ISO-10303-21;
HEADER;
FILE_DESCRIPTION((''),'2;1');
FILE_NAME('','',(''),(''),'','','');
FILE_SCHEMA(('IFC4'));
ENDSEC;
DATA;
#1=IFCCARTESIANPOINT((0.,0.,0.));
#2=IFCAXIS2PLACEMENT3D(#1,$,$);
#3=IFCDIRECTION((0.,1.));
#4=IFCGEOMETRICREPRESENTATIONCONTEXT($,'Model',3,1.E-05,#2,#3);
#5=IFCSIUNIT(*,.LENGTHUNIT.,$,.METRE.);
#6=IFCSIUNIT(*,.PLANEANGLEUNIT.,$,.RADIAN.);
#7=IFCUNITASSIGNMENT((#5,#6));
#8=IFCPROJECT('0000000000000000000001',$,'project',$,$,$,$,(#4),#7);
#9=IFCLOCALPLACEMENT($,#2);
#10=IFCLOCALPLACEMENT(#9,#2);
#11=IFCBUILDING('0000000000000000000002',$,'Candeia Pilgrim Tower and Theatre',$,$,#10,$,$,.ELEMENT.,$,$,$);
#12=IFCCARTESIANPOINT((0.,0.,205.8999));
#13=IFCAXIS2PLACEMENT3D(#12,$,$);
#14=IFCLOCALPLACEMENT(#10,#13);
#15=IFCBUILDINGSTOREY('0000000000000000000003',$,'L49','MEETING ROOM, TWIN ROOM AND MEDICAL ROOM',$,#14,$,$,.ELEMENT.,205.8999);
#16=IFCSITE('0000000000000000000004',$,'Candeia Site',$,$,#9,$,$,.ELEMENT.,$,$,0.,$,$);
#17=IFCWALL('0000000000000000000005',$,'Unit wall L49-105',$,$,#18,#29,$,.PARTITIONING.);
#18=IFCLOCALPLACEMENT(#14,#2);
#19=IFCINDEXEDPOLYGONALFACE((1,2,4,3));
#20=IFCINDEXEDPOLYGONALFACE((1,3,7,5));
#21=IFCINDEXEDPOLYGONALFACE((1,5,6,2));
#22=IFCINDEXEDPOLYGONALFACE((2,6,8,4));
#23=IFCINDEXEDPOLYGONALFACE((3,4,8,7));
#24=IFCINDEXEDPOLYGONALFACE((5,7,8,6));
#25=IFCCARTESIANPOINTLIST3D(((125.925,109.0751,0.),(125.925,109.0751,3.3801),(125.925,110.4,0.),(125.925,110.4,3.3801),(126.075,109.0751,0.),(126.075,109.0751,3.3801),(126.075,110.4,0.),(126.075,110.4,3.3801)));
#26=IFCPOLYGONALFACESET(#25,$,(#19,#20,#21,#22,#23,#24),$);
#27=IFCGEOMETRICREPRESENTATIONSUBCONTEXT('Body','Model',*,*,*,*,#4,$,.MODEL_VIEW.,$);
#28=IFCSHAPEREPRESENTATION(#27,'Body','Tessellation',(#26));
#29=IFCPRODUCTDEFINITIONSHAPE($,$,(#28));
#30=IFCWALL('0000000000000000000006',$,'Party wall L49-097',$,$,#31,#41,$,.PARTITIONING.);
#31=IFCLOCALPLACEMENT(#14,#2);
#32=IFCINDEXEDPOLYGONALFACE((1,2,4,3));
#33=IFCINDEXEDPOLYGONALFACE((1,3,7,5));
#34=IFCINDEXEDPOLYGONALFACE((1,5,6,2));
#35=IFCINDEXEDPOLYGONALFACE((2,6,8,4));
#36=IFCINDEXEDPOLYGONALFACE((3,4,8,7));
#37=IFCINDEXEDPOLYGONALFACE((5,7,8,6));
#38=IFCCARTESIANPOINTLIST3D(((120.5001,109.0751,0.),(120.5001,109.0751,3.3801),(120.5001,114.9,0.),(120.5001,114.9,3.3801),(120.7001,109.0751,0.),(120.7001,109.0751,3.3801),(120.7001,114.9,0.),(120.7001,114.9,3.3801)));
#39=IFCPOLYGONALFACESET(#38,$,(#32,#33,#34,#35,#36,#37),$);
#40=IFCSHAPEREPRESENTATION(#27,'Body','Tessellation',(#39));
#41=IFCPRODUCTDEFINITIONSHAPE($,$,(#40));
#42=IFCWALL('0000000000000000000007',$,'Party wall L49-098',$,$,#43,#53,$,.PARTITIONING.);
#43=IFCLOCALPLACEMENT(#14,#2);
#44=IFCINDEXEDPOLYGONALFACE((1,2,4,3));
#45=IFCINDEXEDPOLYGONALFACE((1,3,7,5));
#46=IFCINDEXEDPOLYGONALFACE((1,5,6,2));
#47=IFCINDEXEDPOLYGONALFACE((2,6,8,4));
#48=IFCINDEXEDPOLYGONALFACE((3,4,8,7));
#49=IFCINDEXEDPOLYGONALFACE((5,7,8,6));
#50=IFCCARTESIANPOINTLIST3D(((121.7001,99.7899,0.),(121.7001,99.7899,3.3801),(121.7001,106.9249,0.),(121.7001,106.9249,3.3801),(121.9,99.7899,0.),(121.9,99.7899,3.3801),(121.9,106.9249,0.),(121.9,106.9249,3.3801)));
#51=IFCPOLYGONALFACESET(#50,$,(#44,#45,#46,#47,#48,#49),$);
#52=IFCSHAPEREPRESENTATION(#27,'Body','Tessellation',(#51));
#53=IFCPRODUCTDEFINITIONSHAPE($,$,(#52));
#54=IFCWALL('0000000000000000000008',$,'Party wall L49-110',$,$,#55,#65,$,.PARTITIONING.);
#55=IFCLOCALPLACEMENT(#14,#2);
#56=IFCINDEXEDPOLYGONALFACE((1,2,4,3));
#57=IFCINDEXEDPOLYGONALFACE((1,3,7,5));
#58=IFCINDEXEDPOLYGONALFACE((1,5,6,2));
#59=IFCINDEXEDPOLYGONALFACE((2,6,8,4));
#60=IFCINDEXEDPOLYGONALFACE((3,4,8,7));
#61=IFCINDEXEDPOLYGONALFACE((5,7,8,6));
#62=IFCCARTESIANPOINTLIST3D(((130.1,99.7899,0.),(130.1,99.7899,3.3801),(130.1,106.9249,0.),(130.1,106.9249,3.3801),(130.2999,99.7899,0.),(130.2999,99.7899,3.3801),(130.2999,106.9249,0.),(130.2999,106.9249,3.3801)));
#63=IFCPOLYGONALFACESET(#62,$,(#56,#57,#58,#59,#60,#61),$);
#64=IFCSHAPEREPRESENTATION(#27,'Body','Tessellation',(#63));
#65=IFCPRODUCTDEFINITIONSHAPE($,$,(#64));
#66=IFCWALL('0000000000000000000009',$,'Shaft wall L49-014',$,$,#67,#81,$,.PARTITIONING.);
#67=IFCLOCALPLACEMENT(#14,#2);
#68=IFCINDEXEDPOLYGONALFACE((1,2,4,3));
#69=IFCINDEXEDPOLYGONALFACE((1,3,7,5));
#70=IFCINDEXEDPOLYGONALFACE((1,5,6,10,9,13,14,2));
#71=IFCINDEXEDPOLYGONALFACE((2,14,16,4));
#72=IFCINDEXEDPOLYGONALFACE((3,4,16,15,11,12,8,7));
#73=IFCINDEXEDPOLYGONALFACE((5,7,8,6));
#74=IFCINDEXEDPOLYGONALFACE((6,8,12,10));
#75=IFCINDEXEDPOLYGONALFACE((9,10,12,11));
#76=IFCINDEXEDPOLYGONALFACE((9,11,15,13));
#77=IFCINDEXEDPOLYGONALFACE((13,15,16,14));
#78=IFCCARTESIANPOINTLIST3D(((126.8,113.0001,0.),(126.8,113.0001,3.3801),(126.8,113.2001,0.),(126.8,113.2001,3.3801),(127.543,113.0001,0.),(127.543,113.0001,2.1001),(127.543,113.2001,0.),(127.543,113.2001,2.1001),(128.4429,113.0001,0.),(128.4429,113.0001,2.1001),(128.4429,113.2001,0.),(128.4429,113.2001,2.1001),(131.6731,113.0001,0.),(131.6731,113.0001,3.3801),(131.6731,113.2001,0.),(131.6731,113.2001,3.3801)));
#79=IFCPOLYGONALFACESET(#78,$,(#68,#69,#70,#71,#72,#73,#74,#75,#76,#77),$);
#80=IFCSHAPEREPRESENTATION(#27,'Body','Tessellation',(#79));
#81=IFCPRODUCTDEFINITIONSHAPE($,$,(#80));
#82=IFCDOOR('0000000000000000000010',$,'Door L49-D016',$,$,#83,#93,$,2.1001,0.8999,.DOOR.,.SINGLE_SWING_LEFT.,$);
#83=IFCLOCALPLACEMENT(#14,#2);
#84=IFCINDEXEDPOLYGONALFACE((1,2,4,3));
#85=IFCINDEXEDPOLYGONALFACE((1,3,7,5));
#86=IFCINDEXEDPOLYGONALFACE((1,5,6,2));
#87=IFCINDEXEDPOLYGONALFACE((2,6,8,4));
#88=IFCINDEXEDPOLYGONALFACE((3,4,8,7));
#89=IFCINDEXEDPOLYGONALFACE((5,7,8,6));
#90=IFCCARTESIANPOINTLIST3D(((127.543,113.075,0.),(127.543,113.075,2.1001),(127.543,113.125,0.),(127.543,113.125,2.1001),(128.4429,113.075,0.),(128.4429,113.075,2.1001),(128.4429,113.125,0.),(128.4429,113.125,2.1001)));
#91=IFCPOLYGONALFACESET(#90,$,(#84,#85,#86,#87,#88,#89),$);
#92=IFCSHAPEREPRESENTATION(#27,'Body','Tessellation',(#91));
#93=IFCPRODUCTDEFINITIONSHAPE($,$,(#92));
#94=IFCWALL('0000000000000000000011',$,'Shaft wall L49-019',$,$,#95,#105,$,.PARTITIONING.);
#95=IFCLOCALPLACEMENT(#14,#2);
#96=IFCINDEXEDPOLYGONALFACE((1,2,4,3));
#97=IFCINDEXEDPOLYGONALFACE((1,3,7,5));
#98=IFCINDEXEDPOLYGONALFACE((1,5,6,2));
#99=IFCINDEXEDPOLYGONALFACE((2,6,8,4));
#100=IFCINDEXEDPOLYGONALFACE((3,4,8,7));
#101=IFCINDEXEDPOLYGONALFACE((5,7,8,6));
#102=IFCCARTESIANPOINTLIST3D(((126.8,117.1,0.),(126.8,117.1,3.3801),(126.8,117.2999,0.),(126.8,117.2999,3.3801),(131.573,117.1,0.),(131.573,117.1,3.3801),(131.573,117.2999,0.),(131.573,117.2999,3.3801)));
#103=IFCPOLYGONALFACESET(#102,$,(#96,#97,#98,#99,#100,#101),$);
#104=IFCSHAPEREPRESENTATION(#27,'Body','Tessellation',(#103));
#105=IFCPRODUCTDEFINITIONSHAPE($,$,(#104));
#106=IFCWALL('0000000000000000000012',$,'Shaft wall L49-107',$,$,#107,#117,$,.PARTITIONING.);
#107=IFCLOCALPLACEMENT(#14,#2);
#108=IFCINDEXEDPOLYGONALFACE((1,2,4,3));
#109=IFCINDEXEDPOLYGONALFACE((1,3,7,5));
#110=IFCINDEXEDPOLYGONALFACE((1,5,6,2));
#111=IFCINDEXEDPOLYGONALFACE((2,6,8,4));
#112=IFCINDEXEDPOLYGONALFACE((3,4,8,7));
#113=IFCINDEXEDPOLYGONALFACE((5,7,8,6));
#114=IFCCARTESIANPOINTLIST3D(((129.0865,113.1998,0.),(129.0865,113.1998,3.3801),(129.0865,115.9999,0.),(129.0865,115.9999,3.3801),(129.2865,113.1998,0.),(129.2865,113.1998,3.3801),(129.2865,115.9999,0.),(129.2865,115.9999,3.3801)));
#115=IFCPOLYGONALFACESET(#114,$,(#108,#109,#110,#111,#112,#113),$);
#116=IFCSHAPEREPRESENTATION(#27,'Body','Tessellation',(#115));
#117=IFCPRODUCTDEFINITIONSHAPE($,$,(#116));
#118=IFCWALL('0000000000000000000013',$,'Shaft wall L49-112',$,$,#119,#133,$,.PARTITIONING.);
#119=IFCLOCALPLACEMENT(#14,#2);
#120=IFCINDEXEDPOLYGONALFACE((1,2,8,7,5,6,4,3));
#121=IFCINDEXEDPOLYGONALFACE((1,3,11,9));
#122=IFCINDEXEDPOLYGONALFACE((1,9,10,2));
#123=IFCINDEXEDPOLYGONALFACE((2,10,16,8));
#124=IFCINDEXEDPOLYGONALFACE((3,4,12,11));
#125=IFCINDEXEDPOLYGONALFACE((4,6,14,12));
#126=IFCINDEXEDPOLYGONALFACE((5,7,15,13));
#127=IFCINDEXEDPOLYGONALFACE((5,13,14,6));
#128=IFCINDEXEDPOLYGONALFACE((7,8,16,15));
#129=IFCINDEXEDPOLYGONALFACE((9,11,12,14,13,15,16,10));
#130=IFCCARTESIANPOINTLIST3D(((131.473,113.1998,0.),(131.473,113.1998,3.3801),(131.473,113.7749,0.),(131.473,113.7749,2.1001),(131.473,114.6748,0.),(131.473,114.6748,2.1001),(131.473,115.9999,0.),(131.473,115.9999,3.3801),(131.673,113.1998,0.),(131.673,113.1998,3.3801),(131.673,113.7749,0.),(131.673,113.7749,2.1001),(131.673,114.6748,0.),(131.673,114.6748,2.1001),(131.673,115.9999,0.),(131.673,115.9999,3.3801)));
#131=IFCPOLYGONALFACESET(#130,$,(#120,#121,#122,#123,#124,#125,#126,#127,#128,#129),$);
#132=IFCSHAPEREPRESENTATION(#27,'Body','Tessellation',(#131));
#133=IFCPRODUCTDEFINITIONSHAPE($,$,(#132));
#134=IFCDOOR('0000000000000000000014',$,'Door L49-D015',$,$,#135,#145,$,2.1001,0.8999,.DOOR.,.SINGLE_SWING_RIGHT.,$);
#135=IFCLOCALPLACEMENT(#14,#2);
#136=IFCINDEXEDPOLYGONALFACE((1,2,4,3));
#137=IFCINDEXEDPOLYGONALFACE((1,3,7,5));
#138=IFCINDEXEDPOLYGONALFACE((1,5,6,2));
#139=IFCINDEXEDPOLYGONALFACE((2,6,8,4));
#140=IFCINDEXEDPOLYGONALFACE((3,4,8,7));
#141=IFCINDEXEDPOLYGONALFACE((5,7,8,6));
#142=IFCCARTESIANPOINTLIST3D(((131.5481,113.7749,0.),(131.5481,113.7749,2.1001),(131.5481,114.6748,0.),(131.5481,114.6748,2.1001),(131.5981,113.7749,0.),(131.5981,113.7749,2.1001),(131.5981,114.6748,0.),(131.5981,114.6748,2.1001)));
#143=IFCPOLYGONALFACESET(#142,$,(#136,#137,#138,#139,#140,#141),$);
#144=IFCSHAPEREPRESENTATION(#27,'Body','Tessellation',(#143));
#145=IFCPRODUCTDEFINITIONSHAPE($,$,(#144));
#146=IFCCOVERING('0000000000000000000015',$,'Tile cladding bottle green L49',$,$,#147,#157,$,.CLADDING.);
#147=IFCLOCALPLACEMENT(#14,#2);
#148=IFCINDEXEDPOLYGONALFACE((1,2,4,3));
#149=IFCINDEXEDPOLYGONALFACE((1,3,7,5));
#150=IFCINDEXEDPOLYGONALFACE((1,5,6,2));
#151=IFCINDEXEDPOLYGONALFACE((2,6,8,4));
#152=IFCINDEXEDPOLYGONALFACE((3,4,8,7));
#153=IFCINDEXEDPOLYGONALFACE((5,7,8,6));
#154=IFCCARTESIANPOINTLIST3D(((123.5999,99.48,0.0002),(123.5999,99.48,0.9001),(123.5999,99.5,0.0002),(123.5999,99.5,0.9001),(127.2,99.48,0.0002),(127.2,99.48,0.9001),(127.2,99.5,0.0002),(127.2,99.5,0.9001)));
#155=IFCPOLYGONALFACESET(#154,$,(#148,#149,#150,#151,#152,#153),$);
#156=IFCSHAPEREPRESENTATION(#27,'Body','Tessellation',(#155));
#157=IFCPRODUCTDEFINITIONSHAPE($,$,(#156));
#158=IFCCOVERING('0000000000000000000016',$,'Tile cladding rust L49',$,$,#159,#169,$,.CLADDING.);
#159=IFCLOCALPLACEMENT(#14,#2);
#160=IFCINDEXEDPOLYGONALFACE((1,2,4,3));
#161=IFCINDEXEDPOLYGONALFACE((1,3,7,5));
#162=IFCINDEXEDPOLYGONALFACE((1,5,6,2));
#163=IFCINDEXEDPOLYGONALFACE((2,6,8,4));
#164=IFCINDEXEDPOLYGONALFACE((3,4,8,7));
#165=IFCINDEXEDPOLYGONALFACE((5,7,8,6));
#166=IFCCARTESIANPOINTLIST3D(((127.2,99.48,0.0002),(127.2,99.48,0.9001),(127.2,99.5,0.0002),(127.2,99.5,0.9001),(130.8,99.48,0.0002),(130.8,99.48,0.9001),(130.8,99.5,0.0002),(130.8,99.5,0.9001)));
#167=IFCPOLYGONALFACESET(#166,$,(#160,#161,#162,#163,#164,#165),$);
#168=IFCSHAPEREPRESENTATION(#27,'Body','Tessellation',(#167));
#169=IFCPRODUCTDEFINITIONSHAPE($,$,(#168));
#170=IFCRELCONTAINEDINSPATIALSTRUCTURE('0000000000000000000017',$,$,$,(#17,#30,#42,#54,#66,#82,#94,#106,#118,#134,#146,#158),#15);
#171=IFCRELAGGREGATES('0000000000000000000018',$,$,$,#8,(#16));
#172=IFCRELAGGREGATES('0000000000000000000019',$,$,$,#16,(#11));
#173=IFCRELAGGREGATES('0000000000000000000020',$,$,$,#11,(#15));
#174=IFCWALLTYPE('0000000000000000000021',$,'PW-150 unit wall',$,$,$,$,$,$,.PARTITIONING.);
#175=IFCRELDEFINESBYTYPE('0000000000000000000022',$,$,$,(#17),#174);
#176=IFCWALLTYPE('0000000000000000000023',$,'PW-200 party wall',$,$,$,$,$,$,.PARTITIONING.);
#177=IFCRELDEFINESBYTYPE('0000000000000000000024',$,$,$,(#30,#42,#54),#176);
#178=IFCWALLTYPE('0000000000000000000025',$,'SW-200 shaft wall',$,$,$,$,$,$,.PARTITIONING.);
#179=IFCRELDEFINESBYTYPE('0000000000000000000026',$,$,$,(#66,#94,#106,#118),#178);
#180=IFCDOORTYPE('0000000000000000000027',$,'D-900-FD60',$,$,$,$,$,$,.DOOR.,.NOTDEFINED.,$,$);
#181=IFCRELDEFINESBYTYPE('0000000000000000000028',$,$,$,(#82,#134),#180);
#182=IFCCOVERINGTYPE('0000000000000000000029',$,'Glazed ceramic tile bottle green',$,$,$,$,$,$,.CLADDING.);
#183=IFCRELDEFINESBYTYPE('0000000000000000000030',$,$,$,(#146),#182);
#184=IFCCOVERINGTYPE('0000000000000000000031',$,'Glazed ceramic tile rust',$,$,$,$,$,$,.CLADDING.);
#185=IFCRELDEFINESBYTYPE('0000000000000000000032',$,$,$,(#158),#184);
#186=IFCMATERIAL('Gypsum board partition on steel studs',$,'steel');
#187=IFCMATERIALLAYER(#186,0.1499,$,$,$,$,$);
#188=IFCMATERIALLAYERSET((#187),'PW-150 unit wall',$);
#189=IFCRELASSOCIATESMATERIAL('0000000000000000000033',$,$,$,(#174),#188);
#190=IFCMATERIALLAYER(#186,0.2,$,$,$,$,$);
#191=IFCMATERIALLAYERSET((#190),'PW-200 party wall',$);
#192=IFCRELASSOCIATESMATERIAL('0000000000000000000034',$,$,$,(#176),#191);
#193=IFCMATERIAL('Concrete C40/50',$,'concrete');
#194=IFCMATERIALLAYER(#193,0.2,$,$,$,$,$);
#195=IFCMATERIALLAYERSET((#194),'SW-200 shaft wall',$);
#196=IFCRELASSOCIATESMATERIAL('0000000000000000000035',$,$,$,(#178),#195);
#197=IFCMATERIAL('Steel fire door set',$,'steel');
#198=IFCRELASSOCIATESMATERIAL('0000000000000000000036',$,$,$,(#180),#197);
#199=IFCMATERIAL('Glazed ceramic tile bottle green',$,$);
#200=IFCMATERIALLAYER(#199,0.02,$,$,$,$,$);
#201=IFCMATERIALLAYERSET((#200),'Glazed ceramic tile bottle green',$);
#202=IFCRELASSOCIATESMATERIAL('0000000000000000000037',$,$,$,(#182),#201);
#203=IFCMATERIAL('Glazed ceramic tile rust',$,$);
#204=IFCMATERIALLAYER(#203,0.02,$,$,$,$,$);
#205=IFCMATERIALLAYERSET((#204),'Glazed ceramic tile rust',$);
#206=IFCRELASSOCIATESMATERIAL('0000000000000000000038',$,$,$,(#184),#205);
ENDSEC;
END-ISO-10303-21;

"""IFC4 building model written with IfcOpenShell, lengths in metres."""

from ifc_helpers import new_model, si_unit, direction, frame, frame_2d, origin, origin_2d, place, context, subcontext, project, spatial, rectangle, extrude, material, layer, layer_set, type_object, element, fill, save


model = new_model("IFC4")

# Units and contexts
model_context = context("Model", 3, precision=1e-05, world=origin(), true_north=direction((0.0, 1.0)))
body_context = subcontext(model_context, "Body", "Model", "MODEL_VIEW")
ifc_project = project(units=[si_unit("LENGTHUNIT", "METRE"), si_unit("PLANEANGLEUNIT", "RADIAN")], contexts=[model_context])

# Site, building, storey
site_placement = place(None, origin())
site = spatial("IfcSite", under=ifc_project, at=site_placement, Name="Candeia Site", CompositionType="ELEMENT", RefElevation=0.0)
building_placement = place(site_placement, origin())
building = spatial("IfcBuilding", under=site, at=building_placement, Name="Candeia Pilgrim Tower and Theatre", CompositionType="ELEMENT")
storey_placement = place(building_placement, frame((0.0, 0.0, 205.8999)))
storey = spatial("IfcBuildingStorey", under=building, at=storey_placement, Name="L49", Description="MEETING ROOM, TWIN ROOM AND MEDICAL ROOM", CompositionType="ELEMENT", Elevation=205.8999)

# Shared definitions
ifc_material_1 = material(Name="Steel fire door set", Category="steel")

# Shared definitions
ifc_material_2 = material(Name="Gypsum board partition on steel studs", Category="steel")

# Walls
ifc_layer_1 = layer(ifc_material_2, 0.1499)
ifc_layer_set_1 = layer_set([ifc_layer_1], Name="PW-150 unit wall")
wall_type_1 = type_object("IfcWallType", Name="PW-150 unit wall", PredefinedType="PARTITIONING", material=ifc_layer_set_1)
wall_1_placement = place(storey_placement, frame((126.0, 109.075, 0.0), z_axis=(0.0, 0.0, 1.0), x_axis=(0.0, 1.0, 0.0)))
element("IfcWall", 1, at=wall_1_placement, inside=storey, type_object=wall_type_1, Name="Unit wall L49-105", PredefinedType="PARTITIONING", context=body_context, shape_type="SweptSolid", body=[
    extrude(rectangle(XDim=1.325, YDim=0.1499, at=frame_2d((0.6626, 0.0))), origin(), (0.0, 0.0, 1.0), 3.3801),
])
ifc_layer_2 = layer(ifc_material_2, 0.2)
ifc_layer_set_2 = layer_set([ifc_layer_2], Name="PW-200 party wall")
wall_type_2 = type_object("IfcWallType", Name="PW-200 party wall", PredefinedType="PARTITIONING", material=ifc_layer_set_2)
wall_2_placement = place(storey_placement, frame((120.6001, 109.075, 0.0), z_axis=(0.0, 0.0, 1.0), x_axis=(0.0, 1.0, 0.0)))
element("IfcWall", 2, at=wall_2_placement, inside=storey, type_object=wall_type_2, Name="Party wall L49-097", PredefinedType="PARTITIONING", context=body_context, shape_type="SweptSolid", body=[
    extrude(rectangle(XDim=5.825, YDim=0.2, at=frame_2d((2.9126, 0.0))), origin(), (0.0, 0.0, 1.0), 3.3801),
])
for number, where, z_axis, x_axis, name in (
    (3, (121.8, 99.79, 0.0), (0.0, 0.0, 1.0), (0.0, 1.0, 0.0), "Party wall L49-098"),
    (4, (130.2, 99.79, 0.0), (0.0, 0.0, 1.0), (0.0, 1.0, 0.0), "Party wall L49-110"),
):
    element("IfcWall", number, at=place(storey_placement, frame(where, z_axis=z_axis, x_axis=x_axis)), inside=storey, type_object=wall_type_2, Name=name, PredefinedType="PARTITIONING", context=body_context, shape_type="SweptSolid", body=[
        extrude(rectangle(XDim=7.135, YDim=0.2, at=frame_2d((3.5674, 0.0))), origin(), (0.0, 0.0, 1.0), 3.3801),
    ])

# Wall, opening, door
ifc_material_3 = material(Name="Concrete C40/50", Category="concrete")
ifc_layer_3 = layer(ifc_material_3, 0.2)
ifc_layer_set_3 = layer_set([ifc_layer_3], Name="SW-200 shaft wall")
wall_type_3 = type_object("IfcWallType", Name="SW-200 shaft wall", PredefinedType="PARTITIONING", material=ifc_layer_set_3)
wall_3_placement = place(storey_placement, frame((126.8, 113.1001, 0.0), z_axis=(0.0, 0.0, 1.0), x_axis=(1.0, 0.0, 0.0)))
wall_3 = element("IfcWall", 5, at=wall_3_placement, inside=storey, type_object=wall_type_3, Name="Shaft wall L49-014", PredefinedType="PARTITIONING", context=body_context, shape_type="SweptSolid", body=[
    extrude(rectangle(XDim=4.873, YDim=0.2, at=frame_2d((2.4365, 0.0))), origin(), (0.0, 0.0, 1.0), 3.3801),
])
opening_1_placement = place(wall_3_placement, frame((0.7429, 0.0, 0.0)))
opening_1 = element("IfcOpeningElement", 6, at=opening_1_placement, cuts=wall_3, PredefinedType="OPENING", context=body_context, shape_type="SweptSolid", body=[
    extrude(rectangle(XDim=0.8999, YDim=2.1001, at=frame_2d((0.45, 1.05))), frame((0.0, 0.1099, 0.0), z_axis=(0.0, -1.0, 0.0), x_axis=(1.0, 0.0, 0.0)), (0.0, 0.0, 1.0), 0.22),
])
door_type_1 = type_object("IfcDoorType", Name="D-900-FD60", OperationType="NOTDEFINED", PredefinedType="DOOR", material=ifc_material_1)
door_1_placement = place(opening_1_placement, origin())
door_1 = element("IfcDoor", 7, at=door_1_placement, inside=storey, type_object=door_type_1, Name="Door L49-D016", OperationType="SINGLE_SWING_LEFT", OverallHeight=2.1001, OverallWidth=0.8999, PredefinedType="DOOR", context=body_context, shape_type="SweptSolid", body=[
    extrude(rectangle(XDim=0.8999, YDim=2.1001, at=frame_2d((0.45, 1.05))), frame((0.0, 0.0249, 0.0), z_axis=(0.0, -1.0, 0.0), x_axis=(1.0, 0.0, 0.0)), (0.0, 0.0, 1.0), 0.05),
])
fill(opening_1, door_1)

# Walls
wall_4_placement = place(storey_placement, frame((126.8, 117.2, 0.0), z_axis=(0.0, 0.0, 1.0), x_axis=(1.0, 0.0, 0.0)))
element("IfcWall", 8, at=wall_4_placement, inside=storey, type_object=wall_type_3, Name="Shaft wall L49-019", PredefinedType="PARTITIONING", context=body_context, shape_type="SweptSolid", body=[
    extrude(rectangle(XDim=4.7729, YDim=0.2, at=frame_2d((2.3865, 0.0))), origin(), (0.0, 0.0, 1.0), 3.3801),
])
wall_5_placement = place(storey_placement, frame((129.1865, 113.2, 0.0), z_axis=(0.0, 0.0, 1.0), x_axis=(0.0, 1.0, 0.0)))
element("IfcWall", 9, at=wall_5_placement, inside=storey, type_object=wall_type_3, Name="Shaft wall L49-107", PredefinedType="PARTITIONING", context=body_context, shape_type="SweptSolid", body=[
    extrude(rectangle(XDim=2.8, YDim=0.2, at=frame_2d((1.3999, 0.0))), origin(), (0.0, 0.0, 1.0), 3.3801),
])

# Wall, opening, door
wall_6_placement = place(storey_placement, frame((131.573, 113.2, 0.0), z_axis=(0.0, 0.0, 1.0), x_axis=(0.0, 1.0, 0.0)))
wall_6 = element("IfcWall", 10, at=wall_6_placement, inside=storey, type_object=wall_type_3, Name="Shaft wall L49-112", PredefinedType="PARTITIONING", context=body_context, shape_type="SweptSolid", body=[
    extrude(rectangle(XDim=2.8, YDim=0.2, at=frame_2d((1.3999, 0.0))), origin(), (0.0, 0.0, 1.0), 3.3801),
])
opening_2_placement = place(wall_6_placement, frame((0.575, 0.0, 0.0)))
opening_2 = element("IfcOpeningElement", 11, at=opening_2_placement, cuts=wall_6, PredefinedType="OPENING", context=body_context, shape_type="SweptSolid", body=[
    extrude(rectangle(XDim=0.8999, YDim=2.1001, at=frame_2d((0.45, 1.05))), frame((0.0, 0.1099, 0.0), z_axis=(0.0, -1.0, 0.0), x_axis=(1.0, 0.0, 0.0)), (0.0, 0.0, 1.0), 0.22),
])
door_2_placement = place(opening_2_placement, origin())
door_2 = element("IfcDoor", 12, at=door_2_placement, inside=storey, type_object=door_type_1, Name="Door L49-D015", OperationType="SINGLE_SWING_RIGHT", OverallHeight=2.1001, OverallWidth=0.8999, PredefinedType="DOOR", context=body_context, shape_type="SweptSolid", body=[
    extrude(rectangle(XDim=0.8999, YDim=2.1001, at=frame_2d((0.45, 1.05))), frame((0.0, 0.0249, 0.0), z_axis=(0.0, -1.0, 0.0), x_axis=(1.0, 0.0, 0.0)), (0.0, 0.0, 1.0), 0.05),
])
fill(opening_2, door_2)

# Coverings
ifc_material_4 = material(Name="Glazed ceramic tile bottle green")
ifc_layer_4 = layer(ifc_material_4, 0.02)
ifc_layer_set_4 = layer_set([ifc_layer_4], Name="Glazed ceramic tile bottle green")
covering_type_1 = type_object("IfcCoveringType", Name="Glazed ceramic tile bottle green", PredefinedType="CLADDING", material=ifc_layer_set_4)
covering_1_placement = place(storey_placement, frame((125.3999, 99.49, 0.0002), z_axis=(0.0, 0.0, 1.0), x_axis=(1.0, 0.0, 0.0)))
element("IfcCovering", 13, at=covering_1_placement, inside=storey, type_object=covering_type_1, Name="Tile cladding bottle green L49", PredefinedType="CLADDING", context=body_context, shape_type="SweptSolid", body=[
    extrude(rectangle(XDim=3.6001, YDim=0.02, at=origin_2d()), origin(), (0.0, 0.0, 1.0), 0.8999),
])
ifc_material_5 = material(Name="Glazed ceramic tile rust")
ifc_layer_5 = layer(ifc_material_5, 0.02)
ifc_layer_set_5 = layer_set([ifc_layer_5], Name="Glazed ceramic tile rust")
covering_type_2 = type_object("IfcCoveringType", Name="Glazed ceramic tile rust", PredefinedType="CLADDING", material=ifc_layer_set_5)
covering_2_placement = place(storey_placement, frame((129.0, 99.49, 0.0002), z_axis=(0.0, 0.0, 1.0), x_axis=(1.0, 0.0, 0.0)))
element("IfcCovering", 14, at=covering_2_placement, inside=storey, type_object=covering_type_2, Name="Tile cladding rust L49", PredefinedType="CLADDING", context=body_context, shape_type="SweptSolid", body=[
    extrude(rectangle(XDim=3.6001, YDim=0.02, at=origin_2d()), origin(), (0.0, 0.0, 1.0), 0.8999),
])

save(model, "model.ifc")
